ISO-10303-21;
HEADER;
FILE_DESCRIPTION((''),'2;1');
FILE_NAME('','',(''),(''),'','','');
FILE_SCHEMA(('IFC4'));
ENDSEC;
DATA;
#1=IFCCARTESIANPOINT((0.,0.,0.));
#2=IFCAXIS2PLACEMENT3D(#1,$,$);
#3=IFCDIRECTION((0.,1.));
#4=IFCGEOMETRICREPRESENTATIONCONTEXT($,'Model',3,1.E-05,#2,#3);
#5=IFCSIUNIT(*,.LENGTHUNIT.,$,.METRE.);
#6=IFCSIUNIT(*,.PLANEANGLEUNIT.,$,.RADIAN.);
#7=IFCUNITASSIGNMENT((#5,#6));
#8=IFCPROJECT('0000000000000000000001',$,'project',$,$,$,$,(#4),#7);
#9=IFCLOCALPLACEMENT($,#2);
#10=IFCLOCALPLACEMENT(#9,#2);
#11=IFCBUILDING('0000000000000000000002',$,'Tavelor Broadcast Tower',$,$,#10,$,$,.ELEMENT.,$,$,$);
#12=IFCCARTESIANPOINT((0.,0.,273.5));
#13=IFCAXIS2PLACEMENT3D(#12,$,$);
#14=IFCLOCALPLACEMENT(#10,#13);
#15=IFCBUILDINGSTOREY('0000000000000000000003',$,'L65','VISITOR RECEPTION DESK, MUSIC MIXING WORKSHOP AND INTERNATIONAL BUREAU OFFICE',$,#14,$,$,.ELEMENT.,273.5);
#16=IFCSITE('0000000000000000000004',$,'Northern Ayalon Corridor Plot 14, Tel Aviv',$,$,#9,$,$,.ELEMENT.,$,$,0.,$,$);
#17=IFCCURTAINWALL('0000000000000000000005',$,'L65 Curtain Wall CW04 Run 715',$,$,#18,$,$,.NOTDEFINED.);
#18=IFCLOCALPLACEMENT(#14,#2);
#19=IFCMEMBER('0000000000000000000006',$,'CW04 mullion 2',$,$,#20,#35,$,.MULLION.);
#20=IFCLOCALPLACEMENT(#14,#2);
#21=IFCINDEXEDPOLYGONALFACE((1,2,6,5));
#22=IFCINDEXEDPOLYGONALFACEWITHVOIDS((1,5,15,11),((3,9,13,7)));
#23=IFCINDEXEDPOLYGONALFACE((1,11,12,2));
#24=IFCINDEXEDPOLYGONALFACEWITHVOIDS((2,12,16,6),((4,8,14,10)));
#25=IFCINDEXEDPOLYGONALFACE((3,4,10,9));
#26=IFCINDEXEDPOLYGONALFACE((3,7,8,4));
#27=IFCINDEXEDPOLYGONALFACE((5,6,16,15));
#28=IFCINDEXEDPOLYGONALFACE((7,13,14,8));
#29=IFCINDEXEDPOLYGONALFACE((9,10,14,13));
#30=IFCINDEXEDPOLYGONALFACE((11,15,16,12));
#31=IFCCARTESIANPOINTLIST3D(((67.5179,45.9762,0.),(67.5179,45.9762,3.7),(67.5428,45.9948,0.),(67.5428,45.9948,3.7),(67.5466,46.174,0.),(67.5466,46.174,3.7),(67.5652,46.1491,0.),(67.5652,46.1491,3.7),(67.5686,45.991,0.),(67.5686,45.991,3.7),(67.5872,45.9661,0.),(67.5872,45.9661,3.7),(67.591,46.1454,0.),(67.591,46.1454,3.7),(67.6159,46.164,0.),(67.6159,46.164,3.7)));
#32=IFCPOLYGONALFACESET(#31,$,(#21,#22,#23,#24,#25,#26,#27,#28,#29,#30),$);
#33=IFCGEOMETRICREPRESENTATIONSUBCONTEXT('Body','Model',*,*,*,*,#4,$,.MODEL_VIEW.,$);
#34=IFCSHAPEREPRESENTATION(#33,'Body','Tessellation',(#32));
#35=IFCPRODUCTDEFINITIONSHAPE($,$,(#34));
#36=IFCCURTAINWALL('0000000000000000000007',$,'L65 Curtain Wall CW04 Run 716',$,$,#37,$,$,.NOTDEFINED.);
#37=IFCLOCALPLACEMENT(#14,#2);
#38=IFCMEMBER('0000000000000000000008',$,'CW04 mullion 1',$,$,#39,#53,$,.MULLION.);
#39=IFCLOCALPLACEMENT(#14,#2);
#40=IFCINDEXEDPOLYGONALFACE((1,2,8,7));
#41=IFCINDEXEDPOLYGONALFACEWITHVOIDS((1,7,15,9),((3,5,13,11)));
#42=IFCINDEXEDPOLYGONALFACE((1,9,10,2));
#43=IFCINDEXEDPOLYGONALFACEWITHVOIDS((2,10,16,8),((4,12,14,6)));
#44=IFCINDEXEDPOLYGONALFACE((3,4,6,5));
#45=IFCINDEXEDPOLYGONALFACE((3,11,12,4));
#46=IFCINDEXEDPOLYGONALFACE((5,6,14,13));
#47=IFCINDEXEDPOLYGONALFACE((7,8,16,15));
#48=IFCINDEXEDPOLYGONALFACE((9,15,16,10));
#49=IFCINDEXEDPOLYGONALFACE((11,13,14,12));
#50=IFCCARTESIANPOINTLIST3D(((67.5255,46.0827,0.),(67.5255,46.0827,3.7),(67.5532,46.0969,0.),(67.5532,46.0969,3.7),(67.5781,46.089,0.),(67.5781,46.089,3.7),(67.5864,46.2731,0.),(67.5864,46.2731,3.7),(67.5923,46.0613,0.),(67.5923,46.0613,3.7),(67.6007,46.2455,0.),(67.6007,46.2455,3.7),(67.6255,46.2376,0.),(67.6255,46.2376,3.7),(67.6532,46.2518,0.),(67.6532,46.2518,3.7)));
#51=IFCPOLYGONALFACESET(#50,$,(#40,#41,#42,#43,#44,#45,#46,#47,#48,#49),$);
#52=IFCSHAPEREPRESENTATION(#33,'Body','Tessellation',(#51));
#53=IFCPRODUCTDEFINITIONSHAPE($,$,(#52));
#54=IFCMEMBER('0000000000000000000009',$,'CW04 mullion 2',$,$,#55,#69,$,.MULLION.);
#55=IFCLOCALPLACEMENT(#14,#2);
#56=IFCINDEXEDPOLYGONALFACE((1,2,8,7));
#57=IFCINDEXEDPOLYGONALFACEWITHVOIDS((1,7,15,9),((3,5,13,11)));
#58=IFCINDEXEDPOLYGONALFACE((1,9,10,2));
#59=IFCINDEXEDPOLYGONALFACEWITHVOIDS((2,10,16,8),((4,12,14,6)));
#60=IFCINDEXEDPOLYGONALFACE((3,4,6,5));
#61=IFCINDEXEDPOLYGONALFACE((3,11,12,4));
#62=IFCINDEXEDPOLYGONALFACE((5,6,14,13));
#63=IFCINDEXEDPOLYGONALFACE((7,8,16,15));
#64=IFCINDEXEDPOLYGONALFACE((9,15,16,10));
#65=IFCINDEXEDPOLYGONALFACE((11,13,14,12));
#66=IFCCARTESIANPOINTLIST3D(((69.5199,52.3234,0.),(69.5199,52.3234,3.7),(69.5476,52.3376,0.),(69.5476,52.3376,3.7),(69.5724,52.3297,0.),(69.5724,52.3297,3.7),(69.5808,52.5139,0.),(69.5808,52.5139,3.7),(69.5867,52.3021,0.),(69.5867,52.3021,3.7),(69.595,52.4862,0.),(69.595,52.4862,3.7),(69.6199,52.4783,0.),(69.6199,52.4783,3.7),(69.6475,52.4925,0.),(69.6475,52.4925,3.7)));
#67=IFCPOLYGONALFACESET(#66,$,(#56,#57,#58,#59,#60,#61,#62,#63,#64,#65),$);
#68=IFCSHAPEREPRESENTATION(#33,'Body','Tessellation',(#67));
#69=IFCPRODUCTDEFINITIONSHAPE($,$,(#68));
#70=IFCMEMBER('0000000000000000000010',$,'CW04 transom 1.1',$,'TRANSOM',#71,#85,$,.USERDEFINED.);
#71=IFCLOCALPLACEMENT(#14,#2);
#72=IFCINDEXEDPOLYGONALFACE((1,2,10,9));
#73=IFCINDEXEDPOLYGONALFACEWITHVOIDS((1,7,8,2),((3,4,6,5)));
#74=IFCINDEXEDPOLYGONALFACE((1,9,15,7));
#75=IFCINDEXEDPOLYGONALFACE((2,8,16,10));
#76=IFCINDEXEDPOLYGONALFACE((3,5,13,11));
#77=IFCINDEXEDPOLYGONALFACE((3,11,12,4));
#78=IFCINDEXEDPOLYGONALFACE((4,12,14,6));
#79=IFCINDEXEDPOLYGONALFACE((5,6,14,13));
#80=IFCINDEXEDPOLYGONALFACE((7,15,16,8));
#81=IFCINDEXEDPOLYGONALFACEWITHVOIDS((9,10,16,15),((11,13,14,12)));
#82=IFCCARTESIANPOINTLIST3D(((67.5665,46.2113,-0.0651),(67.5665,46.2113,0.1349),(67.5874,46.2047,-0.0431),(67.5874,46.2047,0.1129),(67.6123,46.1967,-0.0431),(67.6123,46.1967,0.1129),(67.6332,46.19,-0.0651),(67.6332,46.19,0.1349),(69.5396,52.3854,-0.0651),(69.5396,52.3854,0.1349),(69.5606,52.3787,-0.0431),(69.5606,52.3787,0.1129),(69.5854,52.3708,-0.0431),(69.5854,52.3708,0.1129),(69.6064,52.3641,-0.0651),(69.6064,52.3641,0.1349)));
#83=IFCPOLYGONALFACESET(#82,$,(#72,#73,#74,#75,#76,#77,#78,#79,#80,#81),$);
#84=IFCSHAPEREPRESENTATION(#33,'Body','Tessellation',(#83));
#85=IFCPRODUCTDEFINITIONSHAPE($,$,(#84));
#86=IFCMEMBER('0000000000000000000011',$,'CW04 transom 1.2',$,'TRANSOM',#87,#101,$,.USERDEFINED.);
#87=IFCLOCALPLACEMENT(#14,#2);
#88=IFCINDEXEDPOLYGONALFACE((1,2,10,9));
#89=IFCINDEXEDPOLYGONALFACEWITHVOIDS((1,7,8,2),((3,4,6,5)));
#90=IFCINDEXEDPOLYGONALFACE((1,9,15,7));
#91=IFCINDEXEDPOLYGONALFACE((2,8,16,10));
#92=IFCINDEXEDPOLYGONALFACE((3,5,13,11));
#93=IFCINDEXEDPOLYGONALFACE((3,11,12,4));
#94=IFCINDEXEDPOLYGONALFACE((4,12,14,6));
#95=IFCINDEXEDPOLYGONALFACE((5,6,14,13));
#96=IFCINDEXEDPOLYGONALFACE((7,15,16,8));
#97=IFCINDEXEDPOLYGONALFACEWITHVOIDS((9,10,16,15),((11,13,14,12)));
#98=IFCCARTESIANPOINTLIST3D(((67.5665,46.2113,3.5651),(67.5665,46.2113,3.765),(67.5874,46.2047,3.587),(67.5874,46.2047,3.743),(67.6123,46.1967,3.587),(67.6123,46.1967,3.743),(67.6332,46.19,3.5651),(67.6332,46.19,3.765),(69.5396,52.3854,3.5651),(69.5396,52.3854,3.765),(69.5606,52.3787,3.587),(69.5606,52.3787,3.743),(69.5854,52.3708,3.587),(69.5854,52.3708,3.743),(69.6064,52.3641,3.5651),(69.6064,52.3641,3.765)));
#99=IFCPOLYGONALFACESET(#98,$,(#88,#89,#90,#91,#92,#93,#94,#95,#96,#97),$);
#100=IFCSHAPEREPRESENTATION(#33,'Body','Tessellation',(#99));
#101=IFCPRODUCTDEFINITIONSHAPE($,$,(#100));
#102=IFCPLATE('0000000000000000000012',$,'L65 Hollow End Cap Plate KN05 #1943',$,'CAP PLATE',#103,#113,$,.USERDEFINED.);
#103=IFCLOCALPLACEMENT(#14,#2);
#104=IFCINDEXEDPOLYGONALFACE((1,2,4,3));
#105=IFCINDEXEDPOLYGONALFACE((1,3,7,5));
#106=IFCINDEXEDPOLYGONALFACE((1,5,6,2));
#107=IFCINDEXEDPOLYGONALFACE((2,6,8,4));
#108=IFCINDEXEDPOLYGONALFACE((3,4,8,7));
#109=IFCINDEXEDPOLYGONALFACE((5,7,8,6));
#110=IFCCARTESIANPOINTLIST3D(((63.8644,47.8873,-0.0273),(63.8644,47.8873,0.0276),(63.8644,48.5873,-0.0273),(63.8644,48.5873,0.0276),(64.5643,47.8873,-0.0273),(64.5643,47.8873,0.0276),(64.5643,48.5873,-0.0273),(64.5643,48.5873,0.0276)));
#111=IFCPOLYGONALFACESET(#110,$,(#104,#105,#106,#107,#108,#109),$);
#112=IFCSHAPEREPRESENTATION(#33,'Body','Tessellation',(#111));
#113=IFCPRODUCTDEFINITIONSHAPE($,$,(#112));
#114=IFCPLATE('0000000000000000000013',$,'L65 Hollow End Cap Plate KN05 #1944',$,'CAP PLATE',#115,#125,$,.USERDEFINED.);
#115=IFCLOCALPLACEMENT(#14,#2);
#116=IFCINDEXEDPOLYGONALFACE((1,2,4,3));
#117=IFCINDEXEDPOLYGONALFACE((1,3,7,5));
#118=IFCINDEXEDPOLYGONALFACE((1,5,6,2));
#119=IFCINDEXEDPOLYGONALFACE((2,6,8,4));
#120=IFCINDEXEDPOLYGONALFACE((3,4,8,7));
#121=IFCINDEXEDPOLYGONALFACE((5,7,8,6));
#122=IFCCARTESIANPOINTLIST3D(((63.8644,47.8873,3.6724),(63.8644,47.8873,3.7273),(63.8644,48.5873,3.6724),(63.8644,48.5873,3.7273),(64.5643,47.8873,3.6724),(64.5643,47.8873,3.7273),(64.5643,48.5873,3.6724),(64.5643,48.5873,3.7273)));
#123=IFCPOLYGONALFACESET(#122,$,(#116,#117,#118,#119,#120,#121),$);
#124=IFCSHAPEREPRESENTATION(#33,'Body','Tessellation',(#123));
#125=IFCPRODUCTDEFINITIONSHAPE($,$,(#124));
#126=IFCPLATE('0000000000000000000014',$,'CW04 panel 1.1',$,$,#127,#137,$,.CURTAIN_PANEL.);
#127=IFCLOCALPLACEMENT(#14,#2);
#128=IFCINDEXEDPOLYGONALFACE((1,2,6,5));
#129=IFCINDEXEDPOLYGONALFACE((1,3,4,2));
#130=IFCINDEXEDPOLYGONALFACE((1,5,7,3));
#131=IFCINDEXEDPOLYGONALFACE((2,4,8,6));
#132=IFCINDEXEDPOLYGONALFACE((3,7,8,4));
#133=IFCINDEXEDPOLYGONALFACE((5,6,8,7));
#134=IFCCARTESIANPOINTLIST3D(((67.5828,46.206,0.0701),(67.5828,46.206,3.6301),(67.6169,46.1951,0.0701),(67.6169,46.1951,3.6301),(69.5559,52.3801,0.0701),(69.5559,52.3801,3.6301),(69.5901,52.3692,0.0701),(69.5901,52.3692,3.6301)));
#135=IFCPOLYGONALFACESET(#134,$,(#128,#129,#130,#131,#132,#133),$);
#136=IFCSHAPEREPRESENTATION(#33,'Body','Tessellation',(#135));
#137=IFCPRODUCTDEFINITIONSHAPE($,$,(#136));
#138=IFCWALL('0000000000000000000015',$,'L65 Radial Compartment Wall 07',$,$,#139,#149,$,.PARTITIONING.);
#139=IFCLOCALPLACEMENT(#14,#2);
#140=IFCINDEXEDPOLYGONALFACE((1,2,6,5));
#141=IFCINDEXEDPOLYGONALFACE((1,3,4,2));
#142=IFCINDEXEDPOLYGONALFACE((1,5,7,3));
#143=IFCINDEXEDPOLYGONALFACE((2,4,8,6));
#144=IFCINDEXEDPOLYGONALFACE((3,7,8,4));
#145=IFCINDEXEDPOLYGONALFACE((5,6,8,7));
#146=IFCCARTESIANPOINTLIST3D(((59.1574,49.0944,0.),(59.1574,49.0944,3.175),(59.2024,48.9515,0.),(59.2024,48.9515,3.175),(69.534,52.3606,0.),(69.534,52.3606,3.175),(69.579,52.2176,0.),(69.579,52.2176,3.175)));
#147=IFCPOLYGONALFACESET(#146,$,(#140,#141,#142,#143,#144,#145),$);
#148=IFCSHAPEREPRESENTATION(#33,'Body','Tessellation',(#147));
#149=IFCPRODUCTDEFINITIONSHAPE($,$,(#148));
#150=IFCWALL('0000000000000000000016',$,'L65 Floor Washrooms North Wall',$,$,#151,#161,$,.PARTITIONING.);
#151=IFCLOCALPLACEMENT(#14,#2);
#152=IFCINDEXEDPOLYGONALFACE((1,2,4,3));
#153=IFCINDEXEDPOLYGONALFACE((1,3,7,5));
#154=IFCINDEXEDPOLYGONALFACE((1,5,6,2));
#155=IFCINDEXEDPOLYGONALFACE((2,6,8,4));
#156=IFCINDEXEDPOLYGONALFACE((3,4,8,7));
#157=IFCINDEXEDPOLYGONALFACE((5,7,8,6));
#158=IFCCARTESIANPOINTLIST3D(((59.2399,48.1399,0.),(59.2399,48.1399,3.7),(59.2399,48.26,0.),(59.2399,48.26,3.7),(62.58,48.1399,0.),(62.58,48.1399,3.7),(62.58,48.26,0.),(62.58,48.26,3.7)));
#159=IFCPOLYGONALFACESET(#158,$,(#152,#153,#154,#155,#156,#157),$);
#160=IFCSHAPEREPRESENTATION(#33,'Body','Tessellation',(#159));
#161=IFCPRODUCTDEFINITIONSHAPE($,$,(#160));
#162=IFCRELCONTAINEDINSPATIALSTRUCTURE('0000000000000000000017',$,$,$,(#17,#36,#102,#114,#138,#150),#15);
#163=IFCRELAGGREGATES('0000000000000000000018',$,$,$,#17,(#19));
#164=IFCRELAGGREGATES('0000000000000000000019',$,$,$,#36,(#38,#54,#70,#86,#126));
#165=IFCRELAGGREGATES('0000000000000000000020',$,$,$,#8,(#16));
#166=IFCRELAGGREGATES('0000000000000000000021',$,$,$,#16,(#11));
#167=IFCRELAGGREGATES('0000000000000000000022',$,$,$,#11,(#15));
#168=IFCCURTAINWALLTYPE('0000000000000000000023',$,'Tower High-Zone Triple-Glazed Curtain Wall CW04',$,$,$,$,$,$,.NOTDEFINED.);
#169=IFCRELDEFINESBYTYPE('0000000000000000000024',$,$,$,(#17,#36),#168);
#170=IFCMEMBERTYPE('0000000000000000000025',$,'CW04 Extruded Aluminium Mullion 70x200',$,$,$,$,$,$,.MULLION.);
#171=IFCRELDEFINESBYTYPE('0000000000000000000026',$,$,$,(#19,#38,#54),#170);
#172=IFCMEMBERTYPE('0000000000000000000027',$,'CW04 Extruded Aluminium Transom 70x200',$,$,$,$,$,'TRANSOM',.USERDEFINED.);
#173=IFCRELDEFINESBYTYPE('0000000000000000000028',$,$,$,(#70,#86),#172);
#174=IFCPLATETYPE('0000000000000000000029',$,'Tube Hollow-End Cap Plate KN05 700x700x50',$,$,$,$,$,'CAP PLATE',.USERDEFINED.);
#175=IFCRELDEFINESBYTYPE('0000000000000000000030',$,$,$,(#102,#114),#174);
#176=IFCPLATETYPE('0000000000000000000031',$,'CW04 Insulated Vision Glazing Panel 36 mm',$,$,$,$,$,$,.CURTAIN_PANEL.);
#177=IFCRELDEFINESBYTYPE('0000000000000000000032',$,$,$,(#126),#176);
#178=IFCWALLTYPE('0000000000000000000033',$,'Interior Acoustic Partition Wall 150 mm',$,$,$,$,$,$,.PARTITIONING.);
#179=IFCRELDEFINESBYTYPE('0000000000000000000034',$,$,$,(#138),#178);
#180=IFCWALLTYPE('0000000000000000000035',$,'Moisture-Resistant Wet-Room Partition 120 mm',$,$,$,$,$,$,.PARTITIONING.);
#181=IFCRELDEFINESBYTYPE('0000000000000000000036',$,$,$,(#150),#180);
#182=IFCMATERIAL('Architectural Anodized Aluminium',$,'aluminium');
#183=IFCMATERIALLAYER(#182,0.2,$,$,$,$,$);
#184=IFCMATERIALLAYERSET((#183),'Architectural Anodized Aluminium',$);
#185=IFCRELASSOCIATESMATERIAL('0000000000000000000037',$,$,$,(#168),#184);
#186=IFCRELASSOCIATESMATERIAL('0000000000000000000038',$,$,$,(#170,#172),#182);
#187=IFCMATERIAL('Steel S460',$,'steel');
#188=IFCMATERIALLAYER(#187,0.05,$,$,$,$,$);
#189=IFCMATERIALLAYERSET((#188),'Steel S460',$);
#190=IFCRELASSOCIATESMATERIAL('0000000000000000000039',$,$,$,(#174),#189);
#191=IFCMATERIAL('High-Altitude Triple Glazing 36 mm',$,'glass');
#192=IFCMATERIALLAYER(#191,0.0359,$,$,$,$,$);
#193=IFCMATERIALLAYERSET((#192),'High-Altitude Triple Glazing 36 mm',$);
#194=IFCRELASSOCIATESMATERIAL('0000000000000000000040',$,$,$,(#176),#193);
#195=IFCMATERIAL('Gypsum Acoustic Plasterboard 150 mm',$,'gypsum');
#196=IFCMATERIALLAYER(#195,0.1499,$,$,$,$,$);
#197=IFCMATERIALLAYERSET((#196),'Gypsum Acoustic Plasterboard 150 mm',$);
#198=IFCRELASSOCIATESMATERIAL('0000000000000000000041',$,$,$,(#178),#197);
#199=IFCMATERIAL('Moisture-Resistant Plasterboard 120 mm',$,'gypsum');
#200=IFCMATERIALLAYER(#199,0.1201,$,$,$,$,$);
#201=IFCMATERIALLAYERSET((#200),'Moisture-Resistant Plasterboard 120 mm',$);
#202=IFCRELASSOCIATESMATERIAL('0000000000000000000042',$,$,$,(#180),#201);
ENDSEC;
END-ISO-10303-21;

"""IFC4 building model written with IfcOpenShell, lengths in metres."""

from ifc_helpers import new_model, si_unit, direction, frame, frame_2d, origin, origin_2d, place, context, subcontext, project, spatial, rectangle, hollow_rectangle, extrude, source, transform, mapped, material, layer, layer_set, material_profile, profile_set, type_object, type_shapes, element, aggregate, save


model = new_model("IFC4")

# Units and contexts
model_context = context("Model", 3, precision=1e-05, world=origin(), true_north=direction((0.0, 1.0)))
body_context = subcontext(model_context, "Body", "Model", "MODEL_VIEW")
ifc_project = project(units=[si_unit("LENGTHUNIT", "METRE"), si_unit("PLANEANGLEUNIT", "RADIAN")], contexts=[model_context])

# Site, building, storey
site_placement = place(None, origin())
site = spatial("IfcSite", under=ifc_project, at=site_placement, Name="Northern Ayalon Corridor Plot 14, Tel Aviv", CompositionType="ELEMENT", RefElevation=0.0)
building_placement = place(site_placement, origin())
building = spatial("IfcBuilding", under=site, at=building_placement, Name="Tavelor Broadcast Tower", CompositionType="ELEMENT")
storey_placement = place(building_placement, frame((0.0, 0.0, 273.5)))
storey = spatial("IfcBuildingStorey", under=building, at=storey_placement, Name="L65", Description="VISITOR RECEPTION DESK, MUSIC MIXING WORKSHOP AND INTERNATIONAL BUREAU OFFICE", CompositionType="ELEMENT", Elevation=273.5)

# Shared definitions
ifc_material_1 = material(Name="Steel S460", Category="steel")

# Curtain wall, member
ifc_material_2 = material(Name="Architectural Anodized Aluminium", Category="aluminium")
ifc_layer_1 = layer(ifc_material_2, 0.2)
ifc_layer_set_1 = layer_set([ifc_layer_1], Name="Architectural Anodized Aluminium")
curtain_wall_type = type_object("IfcCurtainWallType", Name="Tower High-Zone Triple-Glazed Curtain Wall CW04", PredefinedType="NOTDEFINED", material=ifc_layer_set_1)
curtain_wall_1_placement = place(storey_placement, origin())
curtain_wall_1 = element("IfcCurtainWall", 1, at=curtain_wall_1_placement, inside=storey, type_object=curtain_wall_type, Name="L65 Curtain Wall CW04 Run 715", PredefinedType="NOTDEFINED")
ifc_material_profile_1 = material_profile(ifc_material_2, hollow_rectangle(XDim=0.0701, YDim=0.2, WallThickness=0.022, at=origin_2d()), Name="RHS 70x200x22")
ifc_profile_set_1 = profile_set([ifc_material_profile_1], Name="Architectural Anodized Aluminium")
member_type_1 = type_object("IfcMemberType", Name="CW04 Extruded Aluminium Mullion 70x200", PredefinedType="MULLION", material=ifc_profile_set_1)
shared_shape_1 = source(origin(), body_context, "Body", "SweptSolid", [
    extrude(hollow_rectangle(XDim=0.0701, YDim=0.2, WallThickness=0.022, at=origin_2d()), origin(), (0.0, 0.0, 1.0), 3.7),
])
type_shapes(member_type_1, [shared_shape_1])
member_1_placement = place(storey_placement, frame((67.5669, 46.0701, 0.0), z_axis=(0.0, 0.0, 1.0), x_axis=(-0.989616, 0.143736, 0.0)))
member_1 = element("IfcMember", 2, at=member_1_placement, type_object=member_type_1, Name="CW04 mullion 2", PredefinedType="MULLION", context=body_context, shape_type="MappedRepresentation", body=[
    mapped(shared_shape_1, transform((0.0, 0.0, 0.0), scale=1.0)),
])
aggregate(curtain_wall_1, [member_1])

# Curtain wall, members
curtain_wall_2_placement = place(storey_placement, origin())
curtain_wall_2 = element("IfcCurtainWall", 3, at=curtain_wall_2_placement, inside=storey, type_object=curtain_wall_type, Name="L65 Curtain Wall CW04 Run 716", PredefinedType="NOTDEFINED")
member_2_placement = place(storey_placement, frame((67.5894, 46.1672, 0.0), z_axis=(0.0, 0.0, 1.0), x_axis=(-0.952538, 0.30442, 0.0)))
member_2 = element("IfcMember", 4, at=member_2_placement, type_object=member_type_1, Name="CW04 mullion 1", PredefinedType="MULLION", context=body_context, shape_type="MappedRepresentation", body=[
    mapped(shared_shape_1, transform((0.0, 0.0, 0.0), scale=1.0)),
])
member_3_placement = place(storey_placement, frame((69.5837, 52.408, 0.0), z_axis=(0.0, 0.0, 1.0), x_axis=(-0.952538, 0.30442, 0.0)))
member_3 = element("IfcMember", 5, at=member_3_placement, type_object=member_type_1, Name="CW04 mullion 2", PredefinedType="MULLION", context=body_context, shape_type="MappedRepresentation", body=[
    mapped(shared_shape_1, transform((0.0, 0.0, 0.0), scale=1.0)),
])
ifc_material_profile_2 = material_profile(ifc_material_2, hollow_rectangle(XDim=0.0701, YDim=0.2, WallThickness=0.022, at=origin_2d()), Name="RHS 70x200x22")
ifc_profile_set_2 = profile_set([ifc_material_profile_2], Name="Architectural Anodized Aluminium")
member_type_2 = type_object("IfcMemberType", Name="CW04 Extruded Aluminium Transom 70x200", ElementType="TRANSOM", PredefinedType="USERDEFINED", material=ifc_profile_set_2)
shared_shape_2 = source(origin(), body_context, "Body", "SweptSolid", [
    extrude(hollow_rectangle(XDim=0.0701, YDim=0.2, WallThickness=0.022, at=origin_2d()), origin(), (0.0, 0.0, 1.0), 6.4817),
])
type_shapes(member_type_2, [shared_shape_2])
member_4_placement = place(storey_placement, frame((67.5999, 46.2007, 0.0349), z_axis=(0.304418, 0.952539, 0.0), x_axis=(-0.952539, 0.304418, 0.0)))
member_4 = element("IfcMember", 6, at=member_4_placement, type_object=member_type_2, Name="CW04 transom 1.1", ObjectType="TRANSOM", PredefinedType="USERDEFINED", context=body_context, shape_type="MappedRepresentation", body=[
    mapped(shared_shape_2, transform((0.0, 0.0, 0.0), scale=1.0)),
])
member_5_placement = place(storey_placement, frame((67.5999, 46.2007, 3.665), z_axis=(0.304418, 0.952539, 0.0), x_axis=(-0.952539, 0.304418, 0.0)))
member_5 = element("IfcMember", 7, at=member_5_placement, type_object=member_type_2, Name="CW04 transom 1.2", ObjectType="TRANSOM", PredefinedType="USERDEFINED", context=body_context, shape_type="MappedRepresentation", body=[
    mapped(shared_shape_2, transform((0.0, 0.0, 0.0), scale=1.0)),
])

# Plates
ifc_layer_2 = layer(ifc_material_1, 0.05)
ifc_layer_set_2 = layer_set([ifc_layer_2], Name="Steel S460")
plate_type_1 = type_object("IfcPlateType", Name="Tube Hollow-End Cap Plate KN05 700x700x50", ElementType="CAP PLATE", PredefinedType="USERDEFINED", material=ifc_layer_set_2)
shared_shape_3 = source(origin(), body_context, "Body", "SweptSolid", [
    extrude(rectangle(XDim=0.7, YDim=0.7, at=origin_2d()), origin(), (0.0, 0.0, 1.0), 0.0549),
])
type_shapes(plate_type_1, [shared_shape_3])
for number, where, z_axis, x_axis, name in (
    (8, (64.2144, 48.2373, -0.0273), (0.0, 0.0, 1.0), (1.0, 0.0, 0.0), "L65 Hollow End Cap Plate KN05 #1943"),
    (9, (64.2144, 48.2373, 3.6724), (0.0, 0.0, 1.0), (1.0, 0.0, 0.0), "L65 Hollow End Cap Plate KN05 #1944"),
):
    element("IfcPlate", number, at=place(storey_placement, frame(where, z_axis=z_axis, x_axis=x_axis)), inside=storey, type_object=plate_type_1, Name=name, ObjectType="CAP PLATE", PredefinedType="USERDEFINED", context=body_context, shape_type="MappedRepresentation", body=[
        mapped(shared_shape_3, transform((0.0, 0.0, 0.0), scale=1.0)),
    ])

# Plate
ifc_material_3 = material(Name="High-Altitude Triple Glazing 36 mm", Category="glass")
ifc_layer_3 = layer(ifc_material_3, 0.0359)
ifc_layer_set_3 = layer_set([ifc_layer_3], Name="High-Altitude Triple Glazing 36 mm")
plate_type_2 = type_object("IfcPlateType", Name="CW04 Insulated Vision Glazing Panel 36 mm", PredefinedType="CURTAIN_PANEL", material=ifc_layer_set_3)
shared_shape_4 = source(origin(), body_context, "Body", "SweptSolid", [
    extrude(rectangle(XDim=6.4817, YDim=0.0359, at=origin_2d()), origin(), (0.0, 0.0, 1.0), 3.5601),
])
type_shapes(plate_type_2, [shared_shape_4])
plate_placement = place(storey_placement, frame((68.5864, 49.2876, 0.0701), z_axis=(0.0, 0.0, 1.0), x_axis=(0.30442, 0.952538, 0.0)))
plate = element("IfcPlate", 10, at=plate_placement, type_object=plate_type_2, Name="CW04 panel 1.1", PredefinedType="CURTAIN_PANEL", context=body_context, shape_type="MappedRepresentation", body=[
    mapped(shared_shape_4, transform((0.0, 0.0, 0.0), scale=1.0)),
])
aggregate(curtain_wall_2, [member_2, member_3, member_4, member_5, plate])

# Walls
ifc_material_4 = material(Name="Gypsum Acoustic Plasterboard 150 mm", Category="gypsum")
ifc_layer_4 = layer(ifc_material_4, 0.1499)
ifc_layer_set_4 = layer_set([ifc_layer_4], Name="Gypsum Acoustic Plasterboard 150 mm")
wall_type_1 = type_object("IfcWallType", Name="Interior Acoustic Partition Wall 150 mm", PredefinedType="PARTITIONING", material=ifc_layer_set_4)
wall_1_placement = place(storey_placement, frame((59.1799, 49.0229, 0.0), z_axis=(0.0, 0.0, 1.0), x_axis=(0.953864, 0.30024, 0.0)))
element("IfcWall", 11, at=wall_1_placement, inside=storey, type_object=wall_type_1, Name="L65 Radial Compartment Wall 07", PredefinedType="PARTITIONING", context=body_context, shape_type="SweptSolid", body=[
    extrude(rectangle(XDim=10.8784, YDim=0.1499, at=frame_2d((5.4392, 0.0))), origin(), (0.0, 0.0, 1.0), 3.175),
])
ifc_material_5 = material(Name="Moisture-Resistant Plasterboard 120 mm", Category="gypsum")
ifc_layer_5 = layer(ifc_material_5, 0.1201)
ifc_layer_set_5 = layer_set([ifc_layer_5], Name="Moisture-Resistant Plasterboard 120 mm")
wall_type_2 = type_object("IfcWallType", Name="Moisture-Resistant Wet-Room Partition 120 mm", PredefinedType="PARTITIONING", material=ifc_layer_set_5)
wall_2_placement = place(storey_placement, frame((59.24, 48.2, 0.0), z_axis=(0.0, 0.0, 1.0), x_axis=(1.0, 0.0, 0.0)))
element("IfcWall", 12, at=wall_2_placement, inside=storey, type_object=wall_type_2, Name="L65 Floor Washrooms North Wall", PredefinedType="PARTITIONING", context=body_context, shape_type="SweptSolid", body=[
    extrude(rectangle(XDim=3.3401, YDim=0.1201, at=frame_2d((1.6699, 0.0))), origin(), (0.0, 0.0, 1.0), 3.7),
])

save(model, "model.ifc")
